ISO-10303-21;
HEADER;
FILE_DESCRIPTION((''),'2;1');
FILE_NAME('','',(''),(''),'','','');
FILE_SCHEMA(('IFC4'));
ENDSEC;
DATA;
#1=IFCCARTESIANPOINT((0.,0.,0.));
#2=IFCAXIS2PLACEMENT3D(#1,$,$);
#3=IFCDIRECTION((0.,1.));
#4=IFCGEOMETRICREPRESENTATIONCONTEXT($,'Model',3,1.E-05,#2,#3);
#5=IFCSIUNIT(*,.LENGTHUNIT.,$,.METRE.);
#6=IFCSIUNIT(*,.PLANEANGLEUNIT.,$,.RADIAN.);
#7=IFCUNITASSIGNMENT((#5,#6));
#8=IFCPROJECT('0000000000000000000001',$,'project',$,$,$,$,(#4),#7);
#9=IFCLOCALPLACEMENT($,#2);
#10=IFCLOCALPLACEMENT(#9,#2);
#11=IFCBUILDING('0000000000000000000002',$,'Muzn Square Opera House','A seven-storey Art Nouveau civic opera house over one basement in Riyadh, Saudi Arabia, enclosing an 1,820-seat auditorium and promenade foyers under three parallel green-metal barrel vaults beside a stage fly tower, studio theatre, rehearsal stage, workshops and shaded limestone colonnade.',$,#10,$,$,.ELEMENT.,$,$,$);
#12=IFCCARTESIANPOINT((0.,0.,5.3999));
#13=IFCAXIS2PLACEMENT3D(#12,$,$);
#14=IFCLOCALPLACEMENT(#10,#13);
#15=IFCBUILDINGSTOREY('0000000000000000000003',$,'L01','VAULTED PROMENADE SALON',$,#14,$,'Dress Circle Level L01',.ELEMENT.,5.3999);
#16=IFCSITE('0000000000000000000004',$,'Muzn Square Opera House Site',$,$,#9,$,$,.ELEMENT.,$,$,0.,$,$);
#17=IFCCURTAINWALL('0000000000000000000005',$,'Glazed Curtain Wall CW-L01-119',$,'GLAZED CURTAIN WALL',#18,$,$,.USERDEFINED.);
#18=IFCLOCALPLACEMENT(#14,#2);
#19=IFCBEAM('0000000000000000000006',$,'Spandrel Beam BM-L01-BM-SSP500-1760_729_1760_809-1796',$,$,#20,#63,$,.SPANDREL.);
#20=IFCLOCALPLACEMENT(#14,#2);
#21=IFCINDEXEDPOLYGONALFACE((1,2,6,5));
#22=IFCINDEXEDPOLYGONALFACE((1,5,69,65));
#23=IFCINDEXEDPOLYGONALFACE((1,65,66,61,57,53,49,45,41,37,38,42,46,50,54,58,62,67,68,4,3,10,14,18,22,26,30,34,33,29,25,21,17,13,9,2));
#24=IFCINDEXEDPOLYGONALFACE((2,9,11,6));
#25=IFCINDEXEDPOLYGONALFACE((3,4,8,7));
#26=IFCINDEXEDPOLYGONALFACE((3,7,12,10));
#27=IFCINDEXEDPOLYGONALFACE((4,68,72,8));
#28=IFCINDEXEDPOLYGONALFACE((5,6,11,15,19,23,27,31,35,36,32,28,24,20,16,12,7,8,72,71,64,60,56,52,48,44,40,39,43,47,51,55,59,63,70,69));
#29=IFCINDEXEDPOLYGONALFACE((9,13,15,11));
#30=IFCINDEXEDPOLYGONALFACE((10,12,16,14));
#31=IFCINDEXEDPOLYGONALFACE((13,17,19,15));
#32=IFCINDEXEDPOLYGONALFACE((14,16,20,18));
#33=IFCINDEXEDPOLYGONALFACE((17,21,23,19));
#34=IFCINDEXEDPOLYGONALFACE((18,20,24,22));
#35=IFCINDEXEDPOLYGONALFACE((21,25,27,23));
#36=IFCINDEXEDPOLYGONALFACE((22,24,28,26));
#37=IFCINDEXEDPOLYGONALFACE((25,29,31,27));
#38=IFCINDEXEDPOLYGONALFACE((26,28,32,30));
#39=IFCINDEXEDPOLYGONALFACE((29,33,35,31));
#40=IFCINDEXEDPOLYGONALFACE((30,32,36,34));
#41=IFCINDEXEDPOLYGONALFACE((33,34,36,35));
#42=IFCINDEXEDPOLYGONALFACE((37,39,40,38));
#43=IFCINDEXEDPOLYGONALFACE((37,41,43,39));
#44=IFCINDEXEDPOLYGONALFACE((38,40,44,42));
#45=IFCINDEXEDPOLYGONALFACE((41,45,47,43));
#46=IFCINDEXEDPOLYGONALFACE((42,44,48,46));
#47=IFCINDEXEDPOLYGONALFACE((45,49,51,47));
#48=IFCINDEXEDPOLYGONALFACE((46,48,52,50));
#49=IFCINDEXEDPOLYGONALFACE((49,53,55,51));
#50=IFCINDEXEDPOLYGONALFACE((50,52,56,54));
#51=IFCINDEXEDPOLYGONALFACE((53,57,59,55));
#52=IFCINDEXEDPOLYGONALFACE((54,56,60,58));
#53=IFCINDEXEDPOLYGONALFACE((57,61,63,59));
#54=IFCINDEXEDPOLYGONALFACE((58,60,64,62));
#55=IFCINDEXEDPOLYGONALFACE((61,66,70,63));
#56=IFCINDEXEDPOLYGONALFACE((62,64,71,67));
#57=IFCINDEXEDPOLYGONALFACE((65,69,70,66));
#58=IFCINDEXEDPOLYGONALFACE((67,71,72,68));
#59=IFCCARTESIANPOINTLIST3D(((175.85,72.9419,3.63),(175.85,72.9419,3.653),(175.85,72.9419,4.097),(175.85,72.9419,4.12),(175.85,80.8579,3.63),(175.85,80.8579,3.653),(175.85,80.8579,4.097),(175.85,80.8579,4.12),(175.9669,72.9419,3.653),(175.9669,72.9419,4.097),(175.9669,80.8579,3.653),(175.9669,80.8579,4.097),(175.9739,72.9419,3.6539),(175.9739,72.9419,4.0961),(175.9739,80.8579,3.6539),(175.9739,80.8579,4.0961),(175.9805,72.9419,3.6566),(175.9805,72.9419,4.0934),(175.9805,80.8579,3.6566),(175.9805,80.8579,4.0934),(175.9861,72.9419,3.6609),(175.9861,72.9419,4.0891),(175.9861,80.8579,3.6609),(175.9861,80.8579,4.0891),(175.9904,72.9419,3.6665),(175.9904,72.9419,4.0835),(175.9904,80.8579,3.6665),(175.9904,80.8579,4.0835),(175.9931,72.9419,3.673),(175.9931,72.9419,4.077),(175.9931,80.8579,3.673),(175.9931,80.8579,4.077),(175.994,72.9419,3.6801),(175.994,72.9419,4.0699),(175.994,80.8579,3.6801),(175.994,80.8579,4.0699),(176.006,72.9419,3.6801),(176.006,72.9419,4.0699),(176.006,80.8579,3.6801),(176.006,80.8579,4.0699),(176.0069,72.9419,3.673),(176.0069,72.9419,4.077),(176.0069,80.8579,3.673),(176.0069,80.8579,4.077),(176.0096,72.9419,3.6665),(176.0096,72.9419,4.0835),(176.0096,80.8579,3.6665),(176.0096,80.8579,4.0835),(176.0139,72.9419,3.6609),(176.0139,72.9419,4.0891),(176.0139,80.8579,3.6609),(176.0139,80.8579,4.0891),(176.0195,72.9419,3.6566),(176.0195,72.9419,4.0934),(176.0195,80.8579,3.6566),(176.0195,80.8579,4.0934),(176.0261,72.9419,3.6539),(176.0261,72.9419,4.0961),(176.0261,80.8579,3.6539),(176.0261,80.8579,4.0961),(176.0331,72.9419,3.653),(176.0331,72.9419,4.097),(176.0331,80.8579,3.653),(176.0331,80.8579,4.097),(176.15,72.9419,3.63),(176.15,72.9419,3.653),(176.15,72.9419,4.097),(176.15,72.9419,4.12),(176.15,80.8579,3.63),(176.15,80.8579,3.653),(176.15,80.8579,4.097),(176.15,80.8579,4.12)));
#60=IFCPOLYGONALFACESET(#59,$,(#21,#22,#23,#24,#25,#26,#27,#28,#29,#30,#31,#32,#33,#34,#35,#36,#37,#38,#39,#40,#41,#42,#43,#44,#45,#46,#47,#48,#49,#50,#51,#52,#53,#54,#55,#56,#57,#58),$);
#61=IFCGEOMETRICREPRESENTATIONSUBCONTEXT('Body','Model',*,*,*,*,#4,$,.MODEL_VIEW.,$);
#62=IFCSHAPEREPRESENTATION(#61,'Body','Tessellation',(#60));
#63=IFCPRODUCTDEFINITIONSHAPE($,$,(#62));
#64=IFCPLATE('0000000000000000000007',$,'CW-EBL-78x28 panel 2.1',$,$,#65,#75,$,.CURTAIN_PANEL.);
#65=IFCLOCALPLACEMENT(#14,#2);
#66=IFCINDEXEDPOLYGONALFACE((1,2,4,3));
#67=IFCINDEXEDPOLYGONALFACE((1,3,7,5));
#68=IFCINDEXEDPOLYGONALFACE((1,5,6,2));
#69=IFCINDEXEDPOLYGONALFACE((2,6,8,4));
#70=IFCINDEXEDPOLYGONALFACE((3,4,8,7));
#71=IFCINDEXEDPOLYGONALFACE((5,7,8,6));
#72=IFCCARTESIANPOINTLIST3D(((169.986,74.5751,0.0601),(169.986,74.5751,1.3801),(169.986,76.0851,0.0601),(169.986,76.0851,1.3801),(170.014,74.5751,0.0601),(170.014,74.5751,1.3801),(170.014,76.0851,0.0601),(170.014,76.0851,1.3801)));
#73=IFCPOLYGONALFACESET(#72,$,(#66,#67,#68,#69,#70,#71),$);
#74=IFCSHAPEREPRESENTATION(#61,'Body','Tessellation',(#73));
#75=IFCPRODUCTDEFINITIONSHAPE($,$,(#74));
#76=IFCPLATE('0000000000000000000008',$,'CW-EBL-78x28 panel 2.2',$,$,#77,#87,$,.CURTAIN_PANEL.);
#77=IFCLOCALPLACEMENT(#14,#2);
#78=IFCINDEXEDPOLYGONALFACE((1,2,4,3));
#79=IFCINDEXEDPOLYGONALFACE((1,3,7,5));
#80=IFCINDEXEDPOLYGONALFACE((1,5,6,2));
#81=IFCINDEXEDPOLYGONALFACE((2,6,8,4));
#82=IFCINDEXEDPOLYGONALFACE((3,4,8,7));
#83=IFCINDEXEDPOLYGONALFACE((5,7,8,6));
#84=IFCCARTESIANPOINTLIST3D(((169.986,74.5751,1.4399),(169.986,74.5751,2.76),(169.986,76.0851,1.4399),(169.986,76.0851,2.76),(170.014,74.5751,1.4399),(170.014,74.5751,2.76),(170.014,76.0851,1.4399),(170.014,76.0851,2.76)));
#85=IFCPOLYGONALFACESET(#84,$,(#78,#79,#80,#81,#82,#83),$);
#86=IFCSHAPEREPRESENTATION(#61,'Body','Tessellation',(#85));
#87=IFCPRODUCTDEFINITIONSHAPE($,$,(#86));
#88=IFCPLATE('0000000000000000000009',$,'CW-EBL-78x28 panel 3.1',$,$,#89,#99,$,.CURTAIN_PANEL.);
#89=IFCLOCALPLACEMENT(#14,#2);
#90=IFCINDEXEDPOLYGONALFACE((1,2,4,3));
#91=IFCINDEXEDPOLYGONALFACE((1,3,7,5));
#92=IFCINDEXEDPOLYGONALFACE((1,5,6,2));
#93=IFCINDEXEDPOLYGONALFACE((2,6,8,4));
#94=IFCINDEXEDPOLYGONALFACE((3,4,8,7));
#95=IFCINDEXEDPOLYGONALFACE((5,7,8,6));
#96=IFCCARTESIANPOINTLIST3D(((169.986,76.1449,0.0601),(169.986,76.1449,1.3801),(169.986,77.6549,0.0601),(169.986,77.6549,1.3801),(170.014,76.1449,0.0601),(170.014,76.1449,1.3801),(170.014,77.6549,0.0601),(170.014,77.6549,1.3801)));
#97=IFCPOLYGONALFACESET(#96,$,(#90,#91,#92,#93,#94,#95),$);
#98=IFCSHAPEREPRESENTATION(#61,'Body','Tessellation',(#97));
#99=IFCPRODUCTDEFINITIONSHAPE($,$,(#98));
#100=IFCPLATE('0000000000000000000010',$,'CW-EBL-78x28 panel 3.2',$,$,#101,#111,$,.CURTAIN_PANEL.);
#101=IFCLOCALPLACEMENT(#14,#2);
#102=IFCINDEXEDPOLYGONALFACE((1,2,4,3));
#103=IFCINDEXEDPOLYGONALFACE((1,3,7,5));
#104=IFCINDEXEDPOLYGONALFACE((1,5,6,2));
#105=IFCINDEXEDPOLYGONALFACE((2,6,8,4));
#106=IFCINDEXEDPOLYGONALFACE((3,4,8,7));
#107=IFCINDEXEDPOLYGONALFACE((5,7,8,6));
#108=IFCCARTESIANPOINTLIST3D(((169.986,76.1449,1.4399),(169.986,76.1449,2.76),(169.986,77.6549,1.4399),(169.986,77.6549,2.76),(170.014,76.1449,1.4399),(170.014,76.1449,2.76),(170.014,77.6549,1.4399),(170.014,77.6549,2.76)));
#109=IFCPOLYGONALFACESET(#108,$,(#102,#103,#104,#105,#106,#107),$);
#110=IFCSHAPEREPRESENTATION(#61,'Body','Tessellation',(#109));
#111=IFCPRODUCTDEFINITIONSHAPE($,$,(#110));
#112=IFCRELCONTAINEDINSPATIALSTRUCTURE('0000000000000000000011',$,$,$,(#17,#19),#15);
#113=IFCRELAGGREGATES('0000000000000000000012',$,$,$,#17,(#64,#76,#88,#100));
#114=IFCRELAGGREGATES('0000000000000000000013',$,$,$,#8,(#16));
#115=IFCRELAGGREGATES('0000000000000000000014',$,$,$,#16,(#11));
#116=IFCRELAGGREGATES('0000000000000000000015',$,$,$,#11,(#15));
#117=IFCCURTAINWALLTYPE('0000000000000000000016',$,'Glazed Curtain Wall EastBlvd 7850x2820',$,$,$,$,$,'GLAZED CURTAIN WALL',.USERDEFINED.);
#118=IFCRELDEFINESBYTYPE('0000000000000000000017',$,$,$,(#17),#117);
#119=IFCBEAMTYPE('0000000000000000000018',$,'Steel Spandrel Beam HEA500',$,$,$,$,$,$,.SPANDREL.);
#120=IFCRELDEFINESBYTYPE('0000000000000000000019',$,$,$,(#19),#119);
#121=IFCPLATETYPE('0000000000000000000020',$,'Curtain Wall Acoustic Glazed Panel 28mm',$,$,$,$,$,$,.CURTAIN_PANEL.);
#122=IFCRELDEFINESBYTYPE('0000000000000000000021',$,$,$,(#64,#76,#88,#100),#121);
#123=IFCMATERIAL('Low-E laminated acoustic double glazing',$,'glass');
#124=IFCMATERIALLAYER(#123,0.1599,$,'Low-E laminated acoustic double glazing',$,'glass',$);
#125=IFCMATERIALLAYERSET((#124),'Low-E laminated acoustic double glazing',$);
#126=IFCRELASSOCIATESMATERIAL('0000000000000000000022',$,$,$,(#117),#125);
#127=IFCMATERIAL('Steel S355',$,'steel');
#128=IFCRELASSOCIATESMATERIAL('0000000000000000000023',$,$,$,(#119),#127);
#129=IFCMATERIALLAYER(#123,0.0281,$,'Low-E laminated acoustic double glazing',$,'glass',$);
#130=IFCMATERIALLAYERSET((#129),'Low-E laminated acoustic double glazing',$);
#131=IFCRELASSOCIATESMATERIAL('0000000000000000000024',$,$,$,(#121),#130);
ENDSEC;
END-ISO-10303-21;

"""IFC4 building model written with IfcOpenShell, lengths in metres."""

from ifc_helpers import new_model, si_unit, direction, frame, origin, origin_2d, place, context, subcontext, project, spatial, rectangle, i_section, extrude, material, layer, layer_set, material_profile, profile_set, type_object, element, aggregate, save


model = new_model("IFC4")

# Units and contexts
model_context = context("Model", 3, precision=1e-05, world=origin(), true_north=direction((0.0, 1.0)))
body_context = subcontext(model_context, "Body", "Model", "MODEL_VIEW")
ifc_project = project(units=[si_unit("LENGTHUNIT", "METRE"), si_unit("PLANEANGLEUNIT", "RADIAN")], contexts=[model_context])

# Site, building, storey
site_placement = place(None, origin())
site = spatial("IfcSite", under=ifc_project, at=site_placement, Name="Muzn Square Opera House Site", CompositionType="ELEMENT", RefElevation=0.0)
building_placement = place(site_placement, origin())
building = spatial("IfcBuilding", under=site, at=building_placement, Name="Muzn Square Opera House", Description="A seven-storey Art Nouveau civic opera house over one basement in Riyadh, Saudi Arabia, enclosing an 1,820-seat auditorium and promenade foyers under three parallel green-metal barrel vaults beside a stage fly tower, studio theatre, rehearsal stage, workshops and shaded limestone colonnade.", CompositionType="ELEMENT")
storey_placement = place(building_placement, frame((0.0, 0.0, 5.3999)))
storey = spatial("IfcBuildingStorey", under=building, at=storey_placement, Name="L01", Description="VAULTED PROMENADE SALON", LongName="Dress Circle Level L01", CompositionType="ELEMENT", Elevation=5.3999)

# Curtain wall
ifc_material_1 = material(Name="Low-E laminated acoustic double glazing", Category="glass")
ifc_layer_1 = layer(ifc_material_1, 0.1599, Name="Low-E laminated acoustic double glazing", Category="glass")
ifc_layer_set_1 = layer_set([ifc_layer_1], Name="Low-E laminated acoustic double glazing")
curtain_wall_type = type_object("IfcCurtainWallType", Name="Glazed Curtain Wall EastBlvd 7850x2820", ElementType="GLAZED CURTAIN WALL", PredefinedType="USERDEFINED", material=ifc_layer_set_1)
curtain_wall_placement = place(storey_placement, origin())
curtain_wall = element("IfcCurtainWall", 1, at=curtain_wall_placement, inside=storey, type_object=curtain_wall_type, Name="Glazed Curtain Wall CW-L01-119", ObjectType="GLAZED CURTAIN WALL", PredefinedType="USERDEFINED")

# Beam
ifc_material_2 = material(Name="Steel S355", Category="steel")
ifc_material_profile_1 = material_profile(ifc_material_2, i_section(OverallWidth=0.3, OverallDepth=0.49, WebThickness=0.012, FlangeThickness=0.0229, FilletRadius=0.0271, at=origin_2d()), Name="HEA 500", Category="steel")
ifc_profile_set_1 = profile_set([ifc_material_profile_1], Name="Steel S355")
beam_type_1 = type_object("IfcBeamType", Name="Steel Spandrel Beam HEA500", PredefinedType="SPANDREL", material=ifc_profile_set_1)
beam_1_placement = place(storey_placement, frame((176.0, 72.9419, 3.875), z_axis=(0.0, 1.0, 0.0), x_axis=(-1.0, 0.0, 0.0)))
element("IfcBeam", 2, at=beam_1_placement, inside=storey, type_object=beam_type_1, Name="Spandrel Beam BM-L01-BM-SSP500-1760_729_1760_809-1796", PredefinedType="SPANDREL", context=body_context, shape_type="SweptSolid", body=[
    extrude(i_section(OverallWidth=0.3, OverallDepth=0.49, WebThickness=0.012, FlangeThickness=0.0229, FilletRadius=0.0271, at=origin_2d()), origin(), (0.0, 0.0, 1.0), 7.916),
])

# Plates
ifc_layer_2 = layer(ifc_material_1, 0.0281, Name="Low-E laminated acoustic double glazing", Category="glass")
ifc_layer_set_2 = layer_set([ifc_layer_2], Name="Low-E laminated acoustic double glazing")
plate_type = type_object("IfcPlateType", Name="Curtain Wall Acoustic Glazed Panel 28mm", PredefinedType="CURTAIN_PANEL", material=ifc_layer_set_2)
plate_1_placement = place(storey_placement, frame((170.0, 75.3301, 0.0601), z_axis=(0.0, 0.0, 1.0), x_axis=(0.0, 1.0, 0.0)))
plate_1 = element("IfcPlate", 3, at=plate_1_placement, type_object=plate_type, Name="CW-EBL-78x28 panel 2.1", PredefinedType="CURTAIN_PANEL", context=body_context, shape_type="SweptSolid", body=[
    extrude(rectangle(XDim=1.51, YDim=0.0281, at=origin_2d()), origin(), (0.0, 0.0, 1.0), 1.3201),
])
plate_2_placement = place(storey_placement, frame((170.0, 75.3301, 1.4399), z_axis=(0.0, 0.0, 1.0), x_axis=(0.0, 1.0, 0.0)))
plate_2 = element("IfcPlate", 4, at=plate_2_placement, type_object=plate_type, Name="CW-EBL-78x28 panel 2.2", PredefinedType="CURTAIN_PANEL", context=body_context, shape_type="SweptSolid", body=[
    extrude(rectangle(XDim=1.51, YDim=0.0281, at=origin_2d()), origin(), (0.0, 0.0, 1.0), 1.3201),
])
plate_3_placement = place(storey_placement, frame((170.0, 76.8999, 0.0601), z_axis=(0.0, 0.0, 1.0), x_axis=(0.0, 1.0, 0.0)))
plate_3 = element("IfcPlate", 5, at=plate_3_placement, type_object=plate_type, Name="CW-EBL-78x28 panel 3.1", PredefinedType="CURTAIN_PANEL", context=body_context, shape_type="SweptSolid", body=[
    extrude(rectangle(XDim=1.51, YDim=0.0281, at=origin_2d()), origin(), (0.0, 0.0, 1.0), 1.3201),
])
plate_4_placement = place(storey_placement, frame((170.0, 76.8999, 1.4399), z_axis=(0.0, 0.0, 1.0), x_axis=(0.0, 1.0, 0.0)))
plate_4 = element("IfcPlate", 6, at=plate_4_placement, type_object=plate_type, Name="CW-EBL-78x28 panel 3.2", PredefinedType="CURTAIN_PANEL", context=body_context, shape_type="SweptSolid", body=[
    extrude(rectangle(XDim=1.51, YDim=0.0281, at=origin_2d()), origin(), (0.0, 0.0, 1.0), 1.3201),
])
aggregate(curtain_wall, [plate_1, plate_2, plate_3, plate_4])

save(model, "model.ifc")
